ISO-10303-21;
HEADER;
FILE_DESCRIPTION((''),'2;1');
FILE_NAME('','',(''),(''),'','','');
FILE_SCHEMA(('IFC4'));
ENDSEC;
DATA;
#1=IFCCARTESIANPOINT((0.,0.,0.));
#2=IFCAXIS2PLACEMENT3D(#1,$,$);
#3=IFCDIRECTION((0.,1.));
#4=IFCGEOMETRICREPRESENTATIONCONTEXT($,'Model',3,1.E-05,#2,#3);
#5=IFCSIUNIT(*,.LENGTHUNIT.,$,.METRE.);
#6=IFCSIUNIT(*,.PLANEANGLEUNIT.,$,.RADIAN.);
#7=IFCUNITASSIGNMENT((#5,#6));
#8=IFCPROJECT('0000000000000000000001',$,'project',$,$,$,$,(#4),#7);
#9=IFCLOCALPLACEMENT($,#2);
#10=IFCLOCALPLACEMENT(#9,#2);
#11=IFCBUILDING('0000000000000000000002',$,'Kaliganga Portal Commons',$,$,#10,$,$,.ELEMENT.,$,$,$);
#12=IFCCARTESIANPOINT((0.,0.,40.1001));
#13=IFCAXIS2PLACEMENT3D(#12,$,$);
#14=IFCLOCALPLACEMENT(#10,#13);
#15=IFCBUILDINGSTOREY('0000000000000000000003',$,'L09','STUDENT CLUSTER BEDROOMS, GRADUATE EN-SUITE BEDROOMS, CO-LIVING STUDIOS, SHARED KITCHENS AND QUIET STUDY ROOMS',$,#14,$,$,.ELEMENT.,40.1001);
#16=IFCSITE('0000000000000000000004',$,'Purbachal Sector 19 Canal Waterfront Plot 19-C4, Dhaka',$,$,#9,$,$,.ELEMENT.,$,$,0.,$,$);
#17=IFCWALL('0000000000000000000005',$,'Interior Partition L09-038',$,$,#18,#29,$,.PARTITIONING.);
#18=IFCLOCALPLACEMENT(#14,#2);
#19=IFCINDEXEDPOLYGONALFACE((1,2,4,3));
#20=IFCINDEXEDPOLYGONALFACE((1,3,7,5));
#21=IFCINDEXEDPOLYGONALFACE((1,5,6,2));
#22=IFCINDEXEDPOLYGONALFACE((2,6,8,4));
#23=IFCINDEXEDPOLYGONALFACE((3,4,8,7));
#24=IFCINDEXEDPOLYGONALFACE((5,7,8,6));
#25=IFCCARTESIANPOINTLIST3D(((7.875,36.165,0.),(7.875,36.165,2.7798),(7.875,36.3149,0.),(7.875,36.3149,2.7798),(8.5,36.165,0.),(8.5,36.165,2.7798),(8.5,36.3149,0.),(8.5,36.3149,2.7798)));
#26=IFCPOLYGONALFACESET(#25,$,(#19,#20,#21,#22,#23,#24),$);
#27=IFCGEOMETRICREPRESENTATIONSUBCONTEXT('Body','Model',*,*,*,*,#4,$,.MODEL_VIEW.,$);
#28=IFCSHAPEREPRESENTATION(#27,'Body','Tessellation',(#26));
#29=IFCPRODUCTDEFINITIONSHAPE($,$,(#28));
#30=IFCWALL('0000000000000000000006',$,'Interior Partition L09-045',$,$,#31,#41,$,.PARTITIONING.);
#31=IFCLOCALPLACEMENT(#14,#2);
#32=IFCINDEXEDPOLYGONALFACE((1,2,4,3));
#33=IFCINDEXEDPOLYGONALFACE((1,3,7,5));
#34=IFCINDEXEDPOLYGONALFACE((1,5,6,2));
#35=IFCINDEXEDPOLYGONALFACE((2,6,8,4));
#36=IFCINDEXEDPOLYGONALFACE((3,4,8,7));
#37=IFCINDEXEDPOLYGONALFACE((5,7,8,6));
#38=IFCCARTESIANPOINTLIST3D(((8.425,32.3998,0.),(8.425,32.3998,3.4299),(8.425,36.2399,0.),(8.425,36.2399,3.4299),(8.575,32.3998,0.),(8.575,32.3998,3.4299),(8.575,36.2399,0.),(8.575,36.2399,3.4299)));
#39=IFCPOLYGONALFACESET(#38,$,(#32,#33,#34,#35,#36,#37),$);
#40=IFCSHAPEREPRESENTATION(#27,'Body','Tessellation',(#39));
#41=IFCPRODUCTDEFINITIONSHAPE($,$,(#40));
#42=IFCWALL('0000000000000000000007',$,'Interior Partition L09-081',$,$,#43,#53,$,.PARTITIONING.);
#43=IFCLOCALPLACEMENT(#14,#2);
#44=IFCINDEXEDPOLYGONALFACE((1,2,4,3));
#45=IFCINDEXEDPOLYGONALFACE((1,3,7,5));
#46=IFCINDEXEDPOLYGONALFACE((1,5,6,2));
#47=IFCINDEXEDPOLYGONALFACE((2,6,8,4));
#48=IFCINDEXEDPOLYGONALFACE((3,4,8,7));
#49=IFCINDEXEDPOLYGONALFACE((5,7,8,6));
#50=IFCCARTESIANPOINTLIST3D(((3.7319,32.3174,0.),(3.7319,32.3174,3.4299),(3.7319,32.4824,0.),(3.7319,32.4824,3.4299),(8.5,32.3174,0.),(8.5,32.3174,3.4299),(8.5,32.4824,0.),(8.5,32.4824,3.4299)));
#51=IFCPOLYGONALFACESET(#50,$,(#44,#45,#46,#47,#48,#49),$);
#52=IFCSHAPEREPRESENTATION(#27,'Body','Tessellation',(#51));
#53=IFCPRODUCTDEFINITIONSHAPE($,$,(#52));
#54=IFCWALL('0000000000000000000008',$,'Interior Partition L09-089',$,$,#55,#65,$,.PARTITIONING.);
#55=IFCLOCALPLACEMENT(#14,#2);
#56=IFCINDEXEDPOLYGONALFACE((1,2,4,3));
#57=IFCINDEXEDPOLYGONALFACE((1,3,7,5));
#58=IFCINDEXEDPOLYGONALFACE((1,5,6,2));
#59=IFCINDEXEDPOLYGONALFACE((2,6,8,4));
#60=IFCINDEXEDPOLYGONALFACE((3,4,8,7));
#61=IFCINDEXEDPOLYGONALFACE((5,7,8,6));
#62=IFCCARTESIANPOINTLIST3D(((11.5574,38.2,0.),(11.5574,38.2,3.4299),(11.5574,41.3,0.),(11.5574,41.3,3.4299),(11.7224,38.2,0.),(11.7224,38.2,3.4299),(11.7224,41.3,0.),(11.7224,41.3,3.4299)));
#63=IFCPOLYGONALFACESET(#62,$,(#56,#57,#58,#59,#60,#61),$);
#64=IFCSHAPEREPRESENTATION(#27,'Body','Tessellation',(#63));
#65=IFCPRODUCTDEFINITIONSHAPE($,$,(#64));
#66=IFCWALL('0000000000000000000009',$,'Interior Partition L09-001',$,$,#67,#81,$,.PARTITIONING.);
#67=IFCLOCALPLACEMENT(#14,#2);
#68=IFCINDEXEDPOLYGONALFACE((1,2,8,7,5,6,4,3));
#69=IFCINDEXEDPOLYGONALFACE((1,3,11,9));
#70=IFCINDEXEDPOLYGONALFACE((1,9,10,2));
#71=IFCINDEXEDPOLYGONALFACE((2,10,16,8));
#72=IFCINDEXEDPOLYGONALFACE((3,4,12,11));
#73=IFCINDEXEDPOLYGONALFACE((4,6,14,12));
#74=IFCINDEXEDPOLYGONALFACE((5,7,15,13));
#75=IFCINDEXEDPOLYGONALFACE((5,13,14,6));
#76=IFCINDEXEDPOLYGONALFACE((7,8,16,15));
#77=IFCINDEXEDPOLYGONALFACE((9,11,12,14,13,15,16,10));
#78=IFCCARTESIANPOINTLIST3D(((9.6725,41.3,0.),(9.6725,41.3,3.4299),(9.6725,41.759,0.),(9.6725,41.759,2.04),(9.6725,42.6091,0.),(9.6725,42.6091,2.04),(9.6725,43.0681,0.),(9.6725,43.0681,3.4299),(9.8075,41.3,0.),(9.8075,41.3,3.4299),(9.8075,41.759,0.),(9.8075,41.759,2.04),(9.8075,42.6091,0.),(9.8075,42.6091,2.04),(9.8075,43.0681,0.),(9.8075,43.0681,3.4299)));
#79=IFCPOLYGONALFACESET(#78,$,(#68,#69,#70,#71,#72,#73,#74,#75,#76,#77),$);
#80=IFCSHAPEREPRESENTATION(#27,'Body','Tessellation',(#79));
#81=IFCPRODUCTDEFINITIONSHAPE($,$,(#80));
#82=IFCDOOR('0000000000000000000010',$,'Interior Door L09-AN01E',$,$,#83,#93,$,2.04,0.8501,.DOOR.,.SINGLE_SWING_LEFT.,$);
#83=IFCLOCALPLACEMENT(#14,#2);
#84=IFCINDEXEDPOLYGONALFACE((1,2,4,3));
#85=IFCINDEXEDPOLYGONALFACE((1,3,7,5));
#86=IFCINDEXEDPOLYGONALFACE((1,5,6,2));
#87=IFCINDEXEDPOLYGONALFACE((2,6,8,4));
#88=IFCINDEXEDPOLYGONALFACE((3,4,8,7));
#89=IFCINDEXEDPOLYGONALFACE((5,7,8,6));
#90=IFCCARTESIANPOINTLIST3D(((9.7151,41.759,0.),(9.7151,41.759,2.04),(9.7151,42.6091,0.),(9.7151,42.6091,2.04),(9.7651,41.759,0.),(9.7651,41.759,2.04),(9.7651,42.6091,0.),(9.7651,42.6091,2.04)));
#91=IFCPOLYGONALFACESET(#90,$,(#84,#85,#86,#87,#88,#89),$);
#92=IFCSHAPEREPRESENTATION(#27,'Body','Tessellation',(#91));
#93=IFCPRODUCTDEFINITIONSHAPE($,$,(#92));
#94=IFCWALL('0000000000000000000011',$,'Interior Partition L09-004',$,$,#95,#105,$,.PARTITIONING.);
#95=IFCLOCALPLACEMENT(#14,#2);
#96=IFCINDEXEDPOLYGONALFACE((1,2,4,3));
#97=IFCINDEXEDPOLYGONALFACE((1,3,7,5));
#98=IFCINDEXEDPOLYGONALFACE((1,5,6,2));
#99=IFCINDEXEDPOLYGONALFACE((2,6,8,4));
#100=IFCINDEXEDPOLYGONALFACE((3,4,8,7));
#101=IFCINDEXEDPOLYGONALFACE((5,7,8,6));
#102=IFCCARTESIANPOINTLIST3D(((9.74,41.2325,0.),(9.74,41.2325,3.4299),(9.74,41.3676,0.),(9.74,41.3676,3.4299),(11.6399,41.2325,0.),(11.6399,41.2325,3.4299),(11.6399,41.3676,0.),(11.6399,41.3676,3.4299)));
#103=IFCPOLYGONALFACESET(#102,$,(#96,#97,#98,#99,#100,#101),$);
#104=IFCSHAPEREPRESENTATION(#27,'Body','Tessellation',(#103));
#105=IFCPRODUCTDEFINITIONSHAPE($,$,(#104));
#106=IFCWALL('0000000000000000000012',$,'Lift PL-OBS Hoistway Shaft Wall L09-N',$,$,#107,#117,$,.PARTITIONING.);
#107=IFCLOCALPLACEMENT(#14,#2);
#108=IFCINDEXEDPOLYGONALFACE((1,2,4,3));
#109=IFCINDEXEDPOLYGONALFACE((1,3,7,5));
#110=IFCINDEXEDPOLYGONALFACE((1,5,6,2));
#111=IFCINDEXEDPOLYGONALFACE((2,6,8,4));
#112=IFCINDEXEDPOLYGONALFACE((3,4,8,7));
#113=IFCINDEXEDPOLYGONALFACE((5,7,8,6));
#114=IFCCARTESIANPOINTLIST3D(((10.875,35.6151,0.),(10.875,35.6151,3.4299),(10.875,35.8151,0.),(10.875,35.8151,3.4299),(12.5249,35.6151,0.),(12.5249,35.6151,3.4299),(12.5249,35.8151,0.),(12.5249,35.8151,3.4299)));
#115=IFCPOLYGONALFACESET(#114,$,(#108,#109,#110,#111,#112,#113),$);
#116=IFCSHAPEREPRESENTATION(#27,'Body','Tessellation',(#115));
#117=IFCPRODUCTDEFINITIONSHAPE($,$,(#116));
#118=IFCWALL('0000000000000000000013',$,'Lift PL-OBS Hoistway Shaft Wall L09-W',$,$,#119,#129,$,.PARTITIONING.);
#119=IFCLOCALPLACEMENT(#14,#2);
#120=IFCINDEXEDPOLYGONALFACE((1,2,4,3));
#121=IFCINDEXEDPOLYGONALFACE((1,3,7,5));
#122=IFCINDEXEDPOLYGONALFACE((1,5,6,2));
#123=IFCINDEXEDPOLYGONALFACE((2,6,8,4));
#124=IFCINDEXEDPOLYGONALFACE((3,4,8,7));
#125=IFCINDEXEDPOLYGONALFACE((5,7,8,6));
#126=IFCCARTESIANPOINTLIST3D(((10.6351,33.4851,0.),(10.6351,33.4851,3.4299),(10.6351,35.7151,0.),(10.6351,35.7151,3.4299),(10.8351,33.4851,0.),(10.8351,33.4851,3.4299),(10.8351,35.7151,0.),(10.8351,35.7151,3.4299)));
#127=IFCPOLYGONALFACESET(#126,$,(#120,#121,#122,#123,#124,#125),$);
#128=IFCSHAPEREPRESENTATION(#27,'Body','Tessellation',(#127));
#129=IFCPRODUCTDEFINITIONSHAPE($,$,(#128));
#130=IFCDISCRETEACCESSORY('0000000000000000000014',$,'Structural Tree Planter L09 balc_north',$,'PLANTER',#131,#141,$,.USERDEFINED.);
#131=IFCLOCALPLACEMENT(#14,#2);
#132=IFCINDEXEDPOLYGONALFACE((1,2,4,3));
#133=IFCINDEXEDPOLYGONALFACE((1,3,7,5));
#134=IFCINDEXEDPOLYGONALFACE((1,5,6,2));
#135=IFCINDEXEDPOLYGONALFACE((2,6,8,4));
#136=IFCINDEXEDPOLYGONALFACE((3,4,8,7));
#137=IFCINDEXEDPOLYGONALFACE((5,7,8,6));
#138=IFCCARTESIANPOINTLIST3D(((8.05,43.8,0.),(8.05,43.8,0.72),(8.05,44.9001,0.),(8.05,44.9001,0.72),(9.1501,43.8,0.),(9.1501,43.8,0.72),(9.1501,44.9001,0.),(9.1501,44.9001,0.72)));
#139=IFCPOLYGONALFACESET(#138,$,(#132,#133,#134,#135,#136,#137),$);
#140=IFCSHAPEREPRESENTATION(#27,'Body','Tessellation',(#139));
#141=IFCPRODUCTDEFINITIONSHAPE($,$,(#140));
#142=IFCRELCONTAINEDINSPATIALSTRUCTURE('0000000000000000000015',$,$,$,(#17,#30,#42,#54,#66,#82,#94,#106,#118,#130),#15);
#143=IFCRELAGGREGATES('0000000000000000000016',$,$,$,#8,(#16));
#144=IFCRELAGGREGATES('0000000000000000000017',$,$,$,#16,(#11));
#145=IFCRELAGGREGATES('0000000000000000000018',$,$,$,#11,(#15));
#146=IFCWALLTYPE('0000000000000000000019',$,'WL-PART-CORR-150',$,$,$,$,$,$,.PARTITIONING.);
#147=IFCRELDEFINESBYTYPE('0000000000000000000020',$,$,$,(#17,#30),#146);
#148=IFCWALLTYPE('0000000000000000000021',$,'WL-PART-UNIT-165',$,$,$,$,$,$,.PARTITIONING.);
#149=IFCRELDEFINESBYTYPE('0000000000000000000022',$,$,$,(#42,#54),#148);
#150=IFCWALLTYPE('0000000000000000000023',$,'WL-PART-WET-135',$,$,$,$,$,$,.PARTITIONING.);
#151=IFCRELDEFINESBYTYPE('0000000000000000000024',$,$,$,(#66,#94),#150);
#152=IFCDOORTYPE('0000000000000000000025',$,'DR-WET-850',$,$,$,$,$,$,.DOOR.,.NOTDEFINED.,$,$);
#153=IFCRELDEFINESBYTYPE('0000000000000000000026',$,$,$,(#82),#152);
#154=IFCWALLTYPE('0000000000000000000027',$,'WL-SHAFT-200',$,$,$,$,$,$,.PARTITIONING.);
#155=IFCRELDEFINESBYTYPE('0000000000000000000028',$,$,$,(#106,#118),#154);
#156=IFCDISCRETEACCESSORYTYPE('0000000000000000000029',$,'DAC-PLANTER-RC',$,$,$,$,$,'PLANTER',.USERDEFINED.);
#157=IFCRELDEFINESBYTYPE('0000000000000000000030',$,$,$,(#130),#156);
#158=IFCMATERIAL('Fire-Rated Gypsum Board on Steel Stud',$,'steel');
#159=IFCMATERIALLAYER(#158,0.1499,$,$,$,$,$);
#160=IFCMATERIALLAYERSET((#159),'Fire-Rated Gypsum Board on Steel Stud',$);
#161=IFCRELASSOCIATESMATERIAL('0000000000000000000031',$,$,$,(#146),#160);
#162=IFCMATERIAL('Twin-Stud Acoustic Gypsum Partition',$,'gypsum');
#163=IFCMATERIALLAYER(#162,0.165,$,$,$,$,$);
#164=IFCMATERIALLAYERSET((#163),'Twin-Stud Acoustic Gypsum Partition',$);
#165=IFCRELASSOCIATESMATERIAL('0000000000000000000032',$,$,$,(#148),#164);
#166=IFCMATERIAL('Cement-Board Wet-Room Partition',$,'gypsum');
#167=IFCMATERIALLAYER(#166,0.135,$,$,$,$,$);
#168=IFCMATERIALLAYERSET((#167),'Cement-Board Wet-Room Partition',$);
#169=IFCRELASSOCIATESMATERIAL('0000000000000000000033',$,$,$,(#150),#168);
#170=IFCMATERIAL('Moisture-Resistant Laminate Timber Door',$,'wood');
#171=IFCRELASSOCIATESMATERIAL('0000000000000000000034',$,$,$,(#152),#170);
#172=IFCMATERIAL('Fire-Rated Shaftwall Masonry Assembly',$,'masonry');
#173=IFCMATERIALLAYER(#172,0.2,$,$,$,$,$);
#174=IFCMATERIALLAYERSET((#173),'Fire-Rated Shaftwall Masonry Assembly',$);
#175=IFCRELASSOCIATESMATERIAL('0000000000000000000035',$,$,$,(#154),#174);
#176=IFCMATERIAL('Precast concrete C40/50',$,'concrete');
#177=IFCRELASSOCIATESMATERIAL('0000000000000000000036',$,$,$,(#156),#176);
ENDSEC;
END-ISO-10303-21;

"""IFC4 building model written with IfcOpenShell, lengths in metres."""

from ifc_helpers import new_model, si_unit, direction, frame, frame_2d, origin, origin_2d, place, context, subcontext, project, spatial, rectangle, extrude, source, transform, mapped, material, layer, layer_set, type_object, element, fill, save


model = new_model("IFC4")

# Units and contexts
model_context = context("Model", 3, precision=1e-05, world=origin(), true_north=direction((0.0, 1.0)))
body_context = subcontext(model_context, "Body", "Model", "MODEL_VIEW")
ifc_project = project(units=[si_unit("LENGTHUNIT", "METRE"), si_unit("PLANEANGLEUNIT", "RADIAN")], contexts=[model_context])

# Site, building, storey
site_placement = place(None, origin())
site = spatial("IfcSite", under=ifc_project, at=site_placement, Name="Purbachal Sector 19 Canal Waterfront Plot 19-C4, Dhaka", CompositionType="ELEMENT", RefElevation=0.0)
building_placement = place(site_placement, origin())
building = spatial("IfcBuilding", under=site, at=building_placement, Name="Kaliganga Portal Commons", CompositionType="ELEMENT")
storey_placement = place(building_placement, frame((0.0, 0.0, 40.1001)))
storey = spatial("IfcBuildingStorey", under=building, at=storey_placement, Name="L09", Description="STUDENT CLUSTER BEDROOMS, GRADUATE EN-SUITE BEDROOMS, CO-LIVING STUDIOS, SHARED KITCHENS AND QUIET STUDY ROOMS", CompositionType="ELEMENT", Elevation=40.1001)

# Shared definitions
ifc_material_1 = material(Name="Fire-Rated Gypsum Board on Steel Stud", Category="steel")
ifc_layer_1 = layer(ifc_material_1, 0.1499)
ifc_layer_set_1 = layer_set([ifc_layer_1], Name="Fire-Rated Gypsum Board on Steel Stud")
wall_type_1 = type_object("IfcWallType", Name="WL-PART-CORR-150", PredefinedType="PARTITIONING", material=ifc_layer_set_1)

# Walls
wall_1_placement = place(storey_placement, frame((7.875, 36.24, 0.0), z_axis=(0.0, 0.0, 1.0), x_axis=(1.0, 0.0, 0.0)))
element("IfcWall", 1, at=wall_1_placement, inside=storey, type_object=wall_type_1, Name="Interior Partition L09-038", PredefinedType="PARTITIONING", context=body_context, shape_type="SweptSolid", body=[
    extrude(rectangle(XDim=0.625, YDim=0.1499, at=frame_2d((0.3125, 0.0))), origin(), (0.0, 0.0, 1.0), 2.7798),
])
wall_2_placement = place(storey_placement, frame((8.5, 32.3999, 0.0), z_axis=(0.0, 0.0, 1.0), x_axis=(0.0, 1.0, 0.0)))
element("IfcWall", 2, at=wall_2_placement, inside=storey, type_object=wall_type_1, Name="Interior Partition L09-045", PredefinedType="PARTITIONING", context=body_context, shape_type="SweptSolid", body=[
    extrude(rectangle(XDim=3.8401, YDim=0.1499, at=frame_2d((1.9199, 0.0))), origin(), (0.0, 0.0, 1.0), 3.4299),
])
ifc_material_2 = material(Name="Twin-Stud Acoustic Gypsum Partition", Category="gypsum")
ifc_layer_2 = layer(ifc_material_2, 0.165)
ifc_layer_set_2 = layer_set([ifc_layer_2], Name="Twin-Stud Acoustic Gypsum Partition")
wall_type_2 = type_object("IfcWallType", Name="WL-PART-UNIT-165", PredefinedType="PARTITIONING", material=ifc_layer_set_2)
wall_3_placement = place(storey_placement, frame((3.7319, 32.3999, 0.0), z_axis=(0.0, 0.0, 1.0), x_axis=(1.0, 0.0, 0.0)))
element("IfcWall", 3, at=wall_3_placement, inside=storey, type_object=wall_type_2, Name="Interior Partition L09-081", PredefinedType="PARTITIONING", context=body_context, shape_type="SweptSolid", body=[
    extrude(rectangle(XDim=4.7681, YDim=0.165, at=frame_2d((2.384, 0.0))), origin(), (0.0, 0.0, 1.0), 3.4299),
])
wall_4_placement = place(storey_placement, frame((11.6399, 38.2, 0.0), z_axis=(0.0, 0.0, 1.0), x_axis=(0.0, 1.0, 0.0)))
element("IfcWall", 4, at=wall_4_placement, inside=storey, type_object=wall_type_2, Name="Interior Partition L09-089", PredefinedType="PARTITIONING", context=body_context, shape_type="SweptSolid", body=[
    extrude(rectangle(XDim=3.1001, YDim=0.165, at=frame_2d((1.55, 0.0))), origin(), (0.0, 0.0, 1.0), 3.4299),
])

# Wall, opening, door
ifc_material_3 = material(Name="Cement-Board Wet-Room Partition", Category="gypsum")
ifc_layer_3 = layer(ifc_material_3, 0.135)
ifc_layer_set_3 = layer_set([ifc_layer_3], Name="Cement-Board Wet-Room Partition")
wall_type_3 = type_object("IfcWallType", Name="WL-PART-WET-135", PredefinedType="PARTITIONING", material=ifc_layer_set_3)
wall_5_placement = place(storey_placement, frame((9.74, 41.3, 0.0), z_axis=(0.0, 0.0, 1.0), x_axis=(0.0, 1.0, 0.0)))
wall_5 = element("IfcWall", 5, at=wall_5_placement, inside=storey, type_object=wall_type_3, Name="Interior Partition L09-001", PredefinedType="PARTITIONING", context=body_context, shape_type="SweptSolid", body=[
    extrude(rectangle(XDim=1.7681, YDim=0.135, at=frame_2d((0.884, 0.0))), origin(), (0.0, 0.0, 1.0), 3.4299),
])
opening_1_placement = place(wall_5_placement, frame((0.459, 0.0, 0.0)))
opening_1 = element("IfcOpeningElement", 6, at=opening_1_placement, cuts=wall_5, PredefinedType="OPENING", context=body_context, shape_type="SweptSolid", body=[
    extrude(rectangle(XDim=0.8501, YDim=2.04, at=frame_2d((0.425, 1.02))), frame((0.0, 0.0776, 0.0), z_axis=(0.0, -1.0, 0.0), x_axis=(1.0, 0.0, 0.0)), (0.0, 0.0, 1.0), 0.155),
])
ifc_material_4 = material(Name="Moisture-Resistant Laminate Timber Door", Category="wood")
door_type_1 = type_object("IfcDoorType", Name="DR-WET-850", OperationType="NOTDEFINED", PredefinedType="DOOR", material=ifc_material_4)
door_1_placement = place(opening_1_placement, origin())
door_1 = element("IfcDoor", 7, at=door_1_placement, inside=storey, type_object=door_type_1, Name="Interior Door L09-AN01E", OperationType="SINGLE_SWING_LEFT", OverallHeight=2.04, OverallWidth=0.8501, PredefinedType="DOOR", context=body_context, shape_type="SweptSolid", body=[
    extrude(rectangle(XDim=0.8501, YDim=2.04, at=frame_2d((0.425, 1.02))), frame((0.0, 0.0249, 0.0), z_axis=(0.0, -1.0, 0.0), x_axis=(1.0, 0.0, 0.0)), (0.0, 0.0, 1.0), 0.05),
])
fill(opening_1, door_1)

# Wall
wall_6_placement = place(storey_placement, frame((9.74, 41.3, 0.0), z_axis=(0.0, 0.0, 1.0), x_axis=(1.0, 0.0, 0.0)))
element("IfcWall", 8, at=wall_6_placement, inside=storey, type_object=wall_type_3, Name="Interior Partition L09-004", PredefinedType="PARTITIONING", context=body_context, shape_type="SweptSolid", body=[
    extrude(rectangle(XDim=1.8999, YDim=0.135, at=frame_2d((0.95, 0.0))), origin(), (0.0, 0.0, 1.0), 3.4299),
])

# Shared definitions
ifc_material_5 = material(Name="Fire-Rated Shaftwall Masonry Assembly", Category="masonry")
ifc_layer_4 = layer(ifc_material_5, 0.2)
ifc_layer_set_4 = layer_set([ifc_layer_4], Name="Fire-Rated Shaftwall Masonry Assembly")
wall_type_4 = type_object("IfcWallType", Name="WL-SHAFT-200", PredefinedType="PARTITIONING", material=ifc_layer_set_4)

# Walls
wall_7_placement = place(storey_placement, frame((10.875, 35.7151, 0.0), z_axis=(0.0, 0.0, 1.0), x_axis=(1.0, 0.0, 0.0)))
element("IfcWall", 9, at=wall_7_placement, inside=storey, type_object=wall_type_4, Name="Lift PL-OBS Hoistway Shaft Wall L09-N", PredefinedType="PARTITIONING", context=body_context, shape_type="SweptSolid", body=[
    extrude(rectangle(XDim=1.6499, YDim=0.2, at=frame_2d((0.825, 0.0))), origin(), (0.0, 0.0, 1.0), 3.4299),
])
wall_8_placement = place(storey_placement, frame((10.7351, 33.4851, 0.0), z_axis=(0.0, 0.0, 1.0), x_axis=(0.0, 1.0, 0.0)))
element("IfcWall", 10, at=wall_8_placement, inside=storey, type_object=wall_type_4, Name="Lift PL-OBS Hoistway Shaft Wall L09-W", PredefinedType="PARTITIONING", context=body_context, shape_type="SweptSolid", body=[
    extrude(rectangle(XDim=2.23, YDim=0.2, at=frame_2d((1.115, 0.0))), origin(), (0.0, 0.0, 1.0), 3.4299),
])

# Discrete accessory
ifc_material_6 = material(Name="Precast concrete C40/50", Category="concrete")
discrete_accessory_type = type_object("IfcDiscreteAccessoryType", Name="DAC-PLANTER-RC", ElementType="PLANTER", PredefinedType="USERDEFINED", material=ifc_material_6)
shared_shape_1 = source(origin(), body_context, "Body", "SweptSolid", [
    extrude(rectangle(XDim=1.1001, YDim=1.1001, at=origin_2d()), origin(), (0.0, 0.0, 1.0), 0.72),
])
discrete_accessory_placement = place(storey_placement, frame((8.6001, 44.3501, 0.0), z_axis=(0.0, 0.0, 1.0), x_axis=(1.0, 0.0, 0.0)))
element("IfcDiscreteAccessory", 11, at=discrete_accessory_placement, inside=storey, type_object=discrete_accessory_type, Name="Structural Tree Planter L09 balc_north", ObjectType="PLANTER", PredefinedType="USERDEFINED", context=body_context, shape_type="MappedRepresentation", body=[
    mapped(shared_shape_1, transform((0.0, 0.0, 0.0), x_axis=(1.0, 0.0, 0.0), y_axis=(0.0, 1.0, 0.0), z_axis=(0.0, 0.0, 1.0), scale=1.0)),
])

save(model, "model.ifc")
